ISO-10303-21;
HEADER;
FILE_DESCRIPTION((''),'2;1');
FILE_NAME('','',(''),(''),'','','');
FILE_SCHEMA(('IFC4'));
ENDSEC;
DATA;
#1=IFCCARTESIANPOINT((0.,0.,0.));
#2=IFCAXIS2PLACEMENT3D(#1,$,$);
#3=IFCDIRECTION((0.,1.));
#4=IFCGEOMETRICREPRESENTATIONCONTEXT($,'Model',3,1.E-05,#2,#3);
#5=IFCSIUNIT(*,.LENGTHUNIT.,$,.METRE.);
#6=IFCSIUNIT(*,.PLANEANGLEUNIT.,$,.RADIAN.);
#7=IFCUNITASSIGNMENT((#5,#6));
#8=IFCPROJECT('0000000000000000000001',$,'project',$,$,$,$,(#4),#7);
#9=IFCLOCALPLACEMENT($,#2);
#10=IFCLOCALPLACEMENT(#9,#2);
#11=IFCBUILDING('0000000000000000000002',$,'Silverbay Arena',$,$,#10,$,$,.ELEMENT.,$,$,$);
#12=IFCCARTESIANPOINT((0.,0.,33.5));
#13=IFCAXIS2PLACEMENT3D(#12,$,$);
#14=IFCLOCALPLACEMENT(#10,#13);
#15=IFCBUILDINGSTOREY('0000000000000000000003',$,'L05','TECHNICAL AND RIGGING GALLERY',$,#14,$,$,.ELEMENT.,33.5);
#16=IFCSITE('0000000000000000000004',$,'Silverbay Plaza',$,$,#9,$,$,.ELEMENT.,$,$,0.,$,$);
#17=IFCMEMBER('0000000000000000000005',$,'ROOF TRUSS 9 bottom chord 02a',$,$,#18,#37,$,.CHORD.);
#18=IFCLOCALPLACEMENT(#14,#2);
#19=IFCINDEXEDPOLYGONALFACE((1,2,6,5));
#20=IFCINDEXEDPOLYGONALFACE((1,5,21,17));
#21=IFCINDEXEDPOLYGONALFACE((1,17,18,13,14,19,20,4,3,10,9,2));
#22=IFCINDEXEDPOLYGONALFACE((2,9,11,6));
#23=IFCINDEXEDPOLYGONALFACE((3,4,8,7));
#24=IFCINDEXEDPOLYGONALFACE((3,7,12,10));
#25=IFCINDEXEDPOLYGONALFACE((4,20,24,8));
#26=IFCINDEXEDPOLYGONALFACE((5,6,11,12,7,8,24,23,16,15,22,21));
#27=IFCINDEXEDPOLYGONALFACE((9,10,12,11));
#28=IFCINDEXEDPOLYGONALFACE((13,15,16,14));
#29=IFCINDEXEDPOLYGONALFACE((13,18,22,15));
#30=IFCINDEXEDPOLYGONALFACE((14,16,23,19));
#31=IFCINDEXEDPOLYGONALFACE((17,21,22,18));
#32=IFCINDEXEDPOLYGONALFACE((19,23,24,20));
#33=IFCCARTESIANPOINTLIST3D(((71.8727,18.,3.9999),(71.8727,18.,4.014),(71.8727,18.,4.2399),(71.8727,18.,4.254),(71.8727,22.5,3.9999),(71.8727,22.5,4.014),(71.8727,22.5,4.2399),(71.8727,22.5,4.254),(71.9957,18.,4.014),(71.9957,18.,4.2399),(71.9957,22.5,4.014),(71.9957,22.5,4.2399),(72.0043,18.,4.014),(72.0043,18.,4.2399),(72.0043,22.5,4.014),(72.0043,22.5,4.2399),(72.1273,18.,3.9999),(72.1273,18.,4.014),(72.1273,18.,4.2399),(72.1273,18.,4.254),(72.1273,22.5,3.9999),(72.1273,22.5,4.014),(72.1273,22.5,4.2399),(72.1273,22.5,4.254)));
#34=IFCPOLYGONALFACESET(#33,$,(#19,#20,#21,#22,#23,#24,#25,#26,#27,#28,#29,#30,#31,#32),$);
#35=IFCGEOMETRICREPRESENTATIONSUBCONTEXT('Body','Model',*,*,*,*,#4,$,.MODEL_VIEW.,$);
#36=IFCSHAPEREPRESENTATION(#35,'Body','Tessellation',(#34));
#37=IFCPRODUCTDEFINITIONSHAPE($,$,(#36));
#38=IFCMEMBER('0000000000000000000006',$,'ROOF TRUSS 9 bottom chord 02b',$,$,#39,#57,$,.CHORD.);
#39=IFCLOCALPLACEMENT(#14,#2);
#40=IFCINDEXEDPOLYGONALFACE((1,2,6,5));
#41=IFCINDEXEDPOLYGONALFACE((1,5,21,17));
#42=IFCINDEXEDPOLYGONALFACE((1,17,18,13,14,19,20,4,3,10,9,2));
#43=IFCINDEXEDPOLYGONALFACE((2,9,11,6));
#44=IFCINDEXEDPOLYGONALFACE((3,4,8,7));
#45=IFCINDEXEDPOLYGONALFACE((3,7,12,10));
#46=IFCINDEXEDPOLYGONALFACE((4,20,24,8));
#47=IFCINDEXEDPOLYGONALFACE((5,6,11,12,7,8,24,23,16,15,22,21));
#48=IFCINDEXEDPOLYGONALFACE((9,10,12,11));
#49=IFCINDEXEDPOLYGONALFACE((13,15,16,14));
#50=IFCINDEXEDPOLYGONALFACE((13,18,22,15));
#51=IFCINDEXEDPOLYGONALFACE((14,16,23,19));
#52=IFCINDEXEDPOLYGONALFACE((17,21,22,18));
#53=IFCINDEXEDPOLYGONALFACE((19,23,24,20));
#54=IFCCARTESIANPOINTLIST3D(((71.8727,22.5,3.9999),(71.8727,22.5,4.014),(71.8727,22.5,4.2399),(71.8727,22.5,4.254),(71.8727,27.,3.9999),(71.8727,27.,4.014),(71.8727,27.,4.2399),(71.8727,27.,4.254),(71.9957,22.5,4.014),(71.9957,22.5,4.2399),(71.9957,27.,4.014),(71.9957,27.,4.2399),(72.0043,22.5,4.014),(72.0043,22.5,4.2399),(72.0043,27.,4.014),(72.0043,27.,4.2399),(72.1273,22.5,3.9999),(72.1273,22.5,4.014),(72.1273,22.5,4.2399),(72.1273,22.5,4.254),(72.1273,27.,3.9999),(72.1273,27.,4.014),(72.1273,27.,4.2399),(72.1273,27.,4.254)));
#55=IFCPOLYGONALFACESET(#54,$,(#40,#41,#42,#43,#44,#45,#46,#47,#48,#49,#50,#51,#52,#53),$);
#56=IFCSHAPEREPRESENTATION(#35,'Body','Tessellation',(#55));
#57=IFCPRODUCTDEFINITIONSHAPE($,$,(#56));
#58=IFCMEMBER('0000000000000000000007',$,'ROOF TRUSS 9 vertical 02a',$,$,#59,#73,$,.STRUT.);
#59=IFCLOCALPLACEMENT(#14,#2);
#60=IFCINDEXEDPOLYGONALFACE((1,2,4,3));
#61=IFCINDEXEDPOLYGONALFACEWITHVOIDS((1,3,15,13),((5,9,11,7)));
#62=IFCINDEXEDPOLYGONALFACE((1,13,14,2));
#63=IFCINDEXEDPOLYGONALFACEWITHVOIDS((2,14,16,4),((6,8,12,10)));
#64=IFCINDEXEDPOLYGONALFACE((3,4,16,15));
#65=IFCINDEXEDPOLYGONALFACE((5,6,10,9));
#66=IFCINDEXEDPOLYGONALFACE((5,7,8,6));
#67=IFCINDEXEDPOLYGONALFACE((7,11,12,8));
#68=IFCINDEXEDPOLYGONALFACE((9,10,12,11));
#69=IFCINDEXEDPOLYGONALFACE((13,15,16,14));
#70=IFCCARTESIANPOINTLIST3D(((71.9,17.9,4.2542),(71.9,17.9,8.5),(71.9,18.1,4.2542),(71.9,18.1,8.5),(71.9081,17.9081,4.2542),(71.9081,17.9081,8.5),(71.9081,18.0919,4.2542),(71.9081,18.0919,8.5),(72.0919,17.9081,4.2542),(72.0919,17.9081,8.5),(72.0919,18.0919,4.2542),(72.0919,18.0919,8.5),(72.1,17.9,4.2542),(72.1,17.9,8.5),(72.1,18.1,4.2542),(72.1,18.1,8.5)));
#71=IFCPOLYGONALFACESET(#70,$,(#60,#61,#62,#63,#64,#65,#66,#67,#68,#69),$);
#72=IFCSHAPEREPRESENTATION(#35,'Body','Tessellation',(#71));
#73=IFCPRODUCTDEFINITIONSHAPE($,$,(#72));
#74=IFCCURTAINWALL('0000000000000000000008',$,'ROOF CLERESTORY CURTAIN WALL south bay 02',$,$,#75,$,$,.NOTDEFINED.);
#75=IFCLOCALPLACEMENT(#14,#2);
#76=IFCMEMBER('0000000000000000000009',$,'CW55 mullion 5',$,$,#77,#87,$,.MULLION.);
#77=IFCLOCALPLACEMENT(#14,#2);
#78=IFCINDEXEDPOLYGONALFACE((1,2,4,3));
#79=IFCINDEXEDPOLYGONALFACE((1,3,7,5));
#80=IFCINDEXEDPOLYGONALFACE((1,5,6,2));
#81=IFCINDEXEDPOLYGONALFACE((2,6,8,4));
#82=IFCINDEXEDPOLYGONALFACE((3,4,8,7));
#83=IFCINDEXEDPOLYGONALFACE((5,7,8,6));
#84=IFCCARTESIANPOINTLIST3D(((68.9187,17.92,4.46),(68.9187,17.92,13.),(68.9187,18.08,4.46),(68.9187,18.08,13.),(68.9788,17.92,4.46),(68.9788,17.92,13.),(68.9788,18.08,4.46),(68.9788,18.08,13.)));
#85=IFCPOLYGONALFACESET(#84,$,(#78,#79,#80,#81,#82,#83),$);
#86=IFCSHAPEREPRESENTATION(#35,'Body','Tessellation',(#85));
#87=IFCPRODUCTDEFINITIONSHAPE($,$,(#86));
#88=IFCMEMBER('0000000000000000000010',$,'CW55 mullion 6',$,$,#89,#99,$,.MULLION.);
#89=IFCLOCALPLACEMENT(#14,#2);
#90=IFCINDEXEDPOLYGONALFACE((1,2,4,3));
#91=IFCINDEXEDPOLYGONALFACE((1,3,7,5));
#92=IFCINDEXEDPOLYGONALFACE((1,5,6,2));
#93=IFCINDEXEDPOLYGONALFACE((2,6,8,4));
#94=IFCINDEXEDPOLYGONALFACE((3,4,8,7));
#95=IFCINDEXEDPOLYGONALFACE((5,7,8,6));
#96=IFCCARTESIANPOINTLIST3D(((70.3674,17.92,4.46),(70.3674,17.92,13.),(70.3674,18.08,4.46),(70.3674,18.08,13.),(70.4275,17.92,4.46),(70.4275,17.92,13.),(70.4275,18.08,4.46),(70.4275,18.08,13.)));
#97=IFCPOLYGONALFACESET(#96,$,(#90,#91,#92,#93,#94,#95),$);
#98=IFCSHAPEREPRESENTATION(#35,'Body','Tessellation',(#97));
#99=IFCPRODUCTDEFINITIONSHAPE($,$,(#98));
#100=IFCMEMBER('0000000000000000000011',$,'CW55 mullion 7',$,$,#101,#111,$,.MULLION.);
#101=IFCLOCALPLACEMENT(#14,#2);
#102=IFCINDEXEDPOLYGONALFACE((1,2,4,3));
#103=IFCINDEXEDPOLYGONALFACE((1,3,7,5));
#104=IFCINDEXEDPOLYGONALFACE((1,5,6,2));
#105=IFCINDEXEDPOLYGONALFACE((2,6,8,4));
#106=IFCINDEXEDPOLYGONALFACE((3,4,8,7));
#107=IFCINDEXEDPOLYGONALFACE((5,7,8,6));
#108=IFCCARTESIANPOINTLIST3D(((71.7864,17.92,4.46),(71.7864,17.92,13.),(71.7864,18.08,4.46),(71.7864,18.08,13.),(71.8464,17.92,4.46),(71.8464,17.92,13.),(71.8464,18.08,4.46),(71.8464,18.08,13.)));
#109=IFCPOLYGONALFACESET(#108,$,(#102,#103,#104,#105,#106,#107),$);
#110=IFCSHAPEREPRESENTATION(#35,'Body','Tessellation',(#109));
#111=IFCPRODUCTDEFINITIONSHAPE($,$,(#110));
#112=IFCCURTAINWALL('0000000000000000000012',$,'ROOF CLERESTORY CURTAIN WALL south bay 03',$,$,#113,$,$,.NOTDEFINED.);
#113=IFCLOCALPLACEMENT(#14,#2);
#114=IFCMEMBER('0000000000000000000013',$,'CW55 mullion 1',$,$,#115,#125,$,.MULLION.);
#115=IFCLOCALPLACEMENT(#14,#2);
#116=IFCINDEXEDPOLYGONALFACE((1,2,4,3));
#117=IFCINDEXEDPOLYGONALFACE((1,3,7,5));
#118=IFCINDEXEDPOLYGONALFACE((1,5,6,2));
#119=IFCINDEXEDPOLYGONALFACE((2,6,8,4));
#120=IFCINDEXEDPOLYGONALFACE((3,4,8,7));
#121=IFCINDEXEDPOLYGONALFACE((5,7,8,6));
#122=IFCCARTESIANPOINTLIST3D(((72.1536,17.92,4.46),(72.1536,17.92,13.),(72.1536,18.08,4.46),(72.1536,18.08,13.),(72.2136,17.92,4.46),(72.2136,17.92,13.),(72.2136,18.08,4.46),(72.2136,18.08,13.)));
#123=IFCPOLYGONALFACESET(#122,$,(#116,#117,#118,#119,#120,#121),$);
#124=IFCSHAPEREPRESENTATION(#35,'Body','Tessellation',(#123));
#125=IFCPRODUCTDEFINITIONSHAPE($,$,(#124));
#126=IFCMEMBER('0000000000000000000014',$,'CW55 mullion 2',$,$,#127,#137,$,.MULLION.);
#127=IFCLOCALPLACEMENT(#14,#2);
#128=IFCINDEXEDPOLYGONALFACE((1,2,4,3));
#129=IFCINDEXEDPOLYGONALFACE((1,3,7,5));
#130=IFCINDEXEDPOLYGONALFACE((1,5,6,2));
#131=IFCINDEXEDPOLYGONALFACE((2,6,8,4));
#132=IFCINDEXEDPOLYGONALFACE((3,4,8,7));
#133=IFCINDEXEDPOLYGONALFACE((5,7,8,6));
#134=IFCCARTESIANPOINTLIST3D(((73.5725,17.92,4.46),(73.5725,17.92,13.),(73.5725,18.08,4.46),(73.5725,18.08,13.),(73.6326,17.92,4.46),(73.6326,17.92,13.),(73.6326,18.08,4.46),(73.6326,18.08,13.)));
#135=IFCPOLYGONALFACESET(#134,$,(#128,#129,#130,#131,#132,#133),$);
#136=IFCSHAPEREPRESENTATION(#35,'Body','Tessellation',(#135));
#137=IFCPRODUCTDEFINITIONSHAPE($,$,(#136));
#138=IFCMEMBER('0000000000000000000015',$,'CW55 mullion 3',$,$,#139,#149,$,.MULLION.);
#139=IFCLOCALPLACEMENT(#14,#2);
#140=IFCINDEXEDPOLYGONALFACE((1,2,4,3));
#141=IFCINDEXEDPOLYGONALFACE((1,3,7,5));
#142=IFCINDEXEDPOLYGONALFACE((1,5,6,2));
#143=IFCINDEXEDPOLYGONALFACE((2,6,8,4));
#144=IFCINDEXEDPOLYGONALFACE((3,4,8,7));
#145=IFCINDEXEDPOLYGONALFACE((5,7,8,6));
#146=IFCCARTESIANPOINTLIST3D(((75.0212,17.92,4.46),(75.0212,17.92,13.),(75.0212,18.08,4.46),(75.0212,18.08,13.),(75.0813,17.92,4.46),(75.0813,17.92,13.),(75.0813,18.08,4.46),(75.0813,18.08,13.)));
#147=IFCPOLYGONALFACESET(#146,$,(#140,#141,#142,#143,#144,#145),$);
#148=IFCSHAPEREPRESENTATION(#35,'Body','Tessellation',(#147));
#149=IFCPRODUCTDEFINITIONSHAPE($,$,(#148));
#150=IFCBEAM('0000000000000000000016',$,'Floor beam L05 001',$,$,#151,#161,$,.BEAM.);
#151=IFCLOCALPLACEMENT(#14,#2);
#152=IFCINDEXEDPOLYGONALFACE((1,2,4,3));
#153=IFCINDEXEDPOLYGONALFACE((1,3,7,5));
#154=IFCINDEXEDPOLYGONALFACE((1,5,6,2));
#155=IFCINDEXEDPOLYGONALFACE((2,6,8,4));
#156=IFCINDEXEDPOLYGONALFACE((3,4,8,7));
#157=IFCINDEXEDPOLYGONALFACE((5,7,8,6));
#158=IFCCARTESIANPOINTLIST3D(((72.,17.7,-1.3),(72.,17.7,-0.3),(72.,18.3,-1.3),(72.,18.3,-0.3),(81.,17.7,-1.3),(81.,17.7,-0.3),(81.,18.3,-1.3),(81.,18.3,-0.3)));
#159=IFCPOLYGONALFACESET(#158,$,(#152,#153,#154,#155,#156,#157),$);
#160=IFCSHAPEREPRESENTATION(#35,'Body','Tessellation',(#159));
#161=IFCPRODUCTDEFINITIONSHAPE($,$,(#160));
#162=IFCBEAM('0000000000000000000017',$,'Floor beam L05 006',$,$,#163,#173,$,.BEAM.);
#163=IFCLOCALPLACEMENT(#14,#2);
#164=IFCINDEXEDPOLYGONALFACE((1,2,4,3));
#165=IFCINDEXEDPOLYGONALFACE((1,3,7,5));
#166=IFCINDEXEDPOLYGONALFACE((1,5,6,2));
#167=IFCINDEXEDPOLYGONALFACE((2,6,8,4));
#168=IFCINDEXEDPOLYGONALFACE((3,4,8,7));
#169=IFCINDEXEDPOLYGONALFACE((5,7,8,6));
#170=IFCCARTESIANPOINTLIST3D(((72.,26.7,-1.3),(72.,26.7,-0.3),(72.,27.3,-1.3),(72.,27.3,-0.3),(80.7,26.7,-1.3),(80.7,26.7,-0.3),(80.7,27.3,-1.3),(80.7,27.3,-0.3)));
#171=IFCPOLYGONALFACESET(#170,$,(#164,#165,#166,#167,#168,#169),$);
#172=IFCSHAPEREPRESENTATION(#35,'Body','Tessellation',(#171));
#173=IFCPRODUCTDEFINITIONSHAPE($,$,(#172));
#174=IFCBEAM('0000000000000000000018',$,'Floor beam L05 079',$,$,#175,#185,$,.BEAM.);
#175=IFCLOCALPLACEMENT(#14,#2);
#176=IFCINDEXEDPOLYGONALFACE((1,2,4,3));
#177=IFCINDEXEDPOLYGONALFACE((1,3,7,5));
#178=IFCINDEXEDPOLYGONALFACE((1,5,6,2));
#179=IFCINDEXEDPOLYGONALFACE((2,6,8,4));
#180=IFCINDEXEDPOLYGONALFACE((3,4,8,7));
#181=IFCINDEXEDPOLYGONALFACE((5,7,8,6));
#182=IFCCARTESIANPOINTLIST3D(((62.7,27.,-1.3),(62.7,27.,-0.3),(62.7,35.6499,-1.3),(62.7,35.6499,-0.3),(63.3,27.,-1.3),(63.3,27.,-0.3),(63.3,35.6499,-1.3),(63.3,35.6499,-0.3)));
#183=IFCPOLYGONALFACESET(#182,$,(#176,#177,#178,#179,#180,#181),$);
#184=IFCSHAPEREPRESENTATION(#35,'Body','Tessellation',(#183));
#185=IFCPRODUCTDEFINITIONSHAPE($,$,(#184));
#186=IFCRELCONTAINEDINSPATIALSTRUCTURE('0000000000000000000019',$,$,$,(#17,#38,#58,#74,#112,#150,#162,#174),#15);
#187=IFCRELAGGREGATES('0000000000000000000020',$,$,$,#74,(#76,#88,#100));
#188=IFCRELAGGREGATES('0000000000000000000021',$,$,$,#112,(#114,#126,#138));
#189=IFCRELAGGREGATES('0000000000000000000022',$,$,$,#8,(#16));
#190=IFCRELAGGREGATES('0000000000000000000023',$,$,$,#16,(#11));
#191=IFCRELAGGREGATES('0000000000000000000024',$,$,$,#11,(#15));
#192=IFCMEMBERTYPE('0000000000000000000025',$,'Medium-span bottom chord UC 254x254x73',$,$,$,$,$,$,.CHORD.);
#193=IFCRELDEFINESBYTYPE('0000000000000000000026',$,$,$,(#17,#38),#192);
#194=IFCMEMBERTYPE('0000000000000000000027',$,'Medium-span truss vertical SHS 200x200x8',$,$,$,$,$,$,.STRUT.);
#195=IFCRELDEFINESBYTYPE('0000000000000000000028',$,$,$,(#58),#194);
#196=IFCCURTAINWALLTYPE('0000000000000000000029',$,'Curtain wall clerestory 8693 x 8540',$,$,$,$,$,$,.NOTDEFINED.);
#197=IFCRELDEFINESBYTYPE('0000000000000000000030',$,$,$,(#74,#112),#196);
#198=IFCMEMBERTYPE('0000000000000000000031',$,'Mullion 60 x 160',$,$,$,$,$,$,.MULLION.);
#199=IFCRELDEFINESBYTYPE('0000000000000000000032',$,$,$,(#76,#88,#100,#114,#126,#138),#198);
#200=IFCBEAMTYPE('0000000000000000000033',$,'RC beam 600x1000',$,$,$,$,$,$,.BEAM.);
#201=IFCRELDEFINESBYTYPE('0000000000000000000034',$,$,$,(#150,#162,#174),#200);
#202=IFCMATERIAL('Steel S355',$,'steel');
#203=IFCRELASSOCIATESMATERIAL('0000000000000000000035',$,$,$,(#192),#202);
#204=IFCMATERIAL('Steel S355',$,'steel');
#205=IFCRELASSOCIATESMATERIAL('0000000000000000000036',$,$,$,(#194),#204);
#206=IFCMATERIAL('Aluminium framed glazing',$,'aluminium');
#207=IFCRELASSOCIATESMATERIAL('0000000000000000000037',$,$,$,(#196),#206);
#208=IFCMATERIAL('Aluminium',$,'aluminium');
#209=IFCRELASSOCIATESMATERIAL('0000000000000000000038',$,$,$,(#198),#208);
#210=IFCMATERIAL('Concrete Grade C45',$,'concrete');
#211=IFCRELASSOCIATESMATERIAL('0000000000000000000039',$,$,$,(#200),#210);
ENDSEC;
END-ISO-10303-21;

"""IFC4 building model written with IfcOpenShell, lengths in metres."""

from ifc_helpers import new_model, si_unit, direction, frame, origin, origin_2d, place, context, subcontext, project, spatial, rectangle, hollow_rectangle, i_section, extrude, material, material_profile, profile_set, type_object, element, aggregate, save


model = new_model("IFC4")

# Units and contexts
model_context = context("Model", 3, precision=1e-05, world=origin(), true_north=direction((0.0, 1.0)))
body_context = subcontext(model_context, "Body", "Model", "MODEL_VIEW")
ifc_project = project(units=[si_unit("LENGTHUNIT", "METRE"), si_unit("PLANEANGLEUNIT", "RADIAN")], contexts=[model_context])

# Site, building, storey
site_placement = place(None, origin())
site = spatial("IfcSite", under=ifc_project, at=site_placement, Name="Silverbay Plaza", CompositionType="ELEMENT", RefElevation=0.0)
building_placement = place(site_placement, origin())
building = spatial("IfcBuilding", under=site, at=building_placement, Name="Silverbay Arena", CompositionType="ELEMENT")
storey_placement = place(building_placement, frame((0.0, 0.0, 33.5)))
storey = spatial("IfcBuildingStorey", under=building, at=storey_placement, Name="L05", Description="TECHNICAL AND RIGGING GALLERY", CompositionType="ELEMENT", Elevation=33.5)

# Members
ifc_material_1 = material(Name="Steel S355", Category="steel")
ifc_material_profile_1 = material_profile(ifc_material_1, i_section(OverallWidth=0.2546, OverallDepth=0.2542, WebThickness=0.0085, FlangeThickness=0.0142, at=origin_2d()), Name="UC 254x254x73")
ifc_profile_set_1 = profile_set([ifc_material_profile_1], Name="Steel S355")
member_type_1 = type_object("IfcMemberType", Name="Medium-span bottom chord UC 254x254x73", PredefinedType="CHORD", material=ifc_profile_set_1)
for number, where, z_axis, x_axis, name in (
    (1, (72.0, 18.0, 4.127), (0.0, 1.0, 0.0), (-1.0, 0.0, 0.0), "ROOF TRUSS 9 bottom chord 02a"),
    (2, (72.0, 22.5, 4.127), (0.0, 1.0, 0.0), (-1.0, 0.0, 0.0), "ROOF TRUSS 9 bottom chord 02b"),
):
    element("IfcMember", number, at=place(storey_placement, frame(where, z_axis=z_axis, x_axis=x_axis)), inside=storey, type_object=member_type_1, Name=name, PredefinedType="CHORD", context=body_context, shape_type="SweptSolid", body=[
        extrude(i_section(OverallWidth=0.2546, OverallDepth=0.2542, WebThickness=0.0085, FlangeThickness=0.0142, at=origin_2d()), origin(), (0.0, 0.0, 1.0), 4.5),
    ])
ifc_material_2 = material(Name="Steel S355", Category="steel")
ifc_material_profile_2 = material_profile(ifc_material_2, hollow_rectangle(XDim=0.2, YDim=0.2, WallThickness=0.0081, at=origin_2d()), Name="SHS 200x200x8")
ifc_profile_set_2 = profile_set([ifc_material_profile_2], Name="Steel S355")
member_type_2 = type_object("IfcMemberType", Name="Medium-span truss vertical SHS 200x200x8", PredefinedType="STRUT", material=ifc_profile_set_2)
member_1_placement = place(storey_placement, frame((72.0, 18.0, 4.2542), z_axis=(0.0, 0.0, 1.0), x_axis=(1.0, 0.0, 0.0)))
element("IfcMember", 3, at=member_1_placement, inside=storey, type_object=member_type_2, Name="ROOF TRUSS 9 vertical 02a", PredefinedType="STRUT", context=body_context, shape_type="SweptSolid", body=[
    extrude(hollow_rectangle(XDim=0.2, YDim=0.2, WallThickness=0.0081, at=origin_2d()), origin(), (0.0, 0.0, 1.0), 4.2458),
])

# Curtain walls, members
ifc_material_3 = material(Name="Aluminium framed glazing", Category="aluminium")
curtain_wall_type = type_object("IfcCurtainWallType", Name="Curtain wall clerestory 8693 x 8540", PredefinedType="NOTDEFINED", material=ifc_material_3)
curtain_wall_1_placement = place(storey_placement, origin())
curtain_wall_1 = element("IfcCurtainWall", 4, at=curtain_wall_1_placement, inside=storey, type_object=curtain_wall_type, Name="ROOF CLERESTORY CURTAIN WALL south bay 02", PredefinedType="NOTDEFINED")
ifc_material_4 = material(Name="Aluminium", Category="aluminium")
ifc_material_profile_3 = material_profile(ifc_material_4, rectangle(XDim=0.1599, YDim=0.0601, at=origin_2d()), Name="Mullion 60 x 160")
ifc_profile_set_3 = profile_set([ifc_material_profile_3], Name="Aluminium")
member_type_3 = type_object("IfcMemberType", Name="Mullion 60 x 160", PredefinedType="MULLION", material=ifc_profile_set_3)
member_2_placement = place(storey_placement, frame((68.9487, 18.0, 4.46), z_axis=(0.0, 0.0, 1.0), x_axis=(0.0, 1.0, 0.0)))
member_2 = element("IfcMember", 5, at=member_2_placement, type_object=member_type_3, Name="CW55 mullion 5", PredefinedType="MULLION", context=body_context, shape_type="SweptSolid", body=[
    extrude(rectangle(XDim=0.1599, YDim=0.0601, at=origin_2d()), origin(), (0.0, 0.0, 1.0), 8.54),
])
member_3_placement = place(storey_placement, frame((70.3975, 18.0, 4.46), z_axis=(0.0, 0.0, 1.0), x_axis=(0.0, 1.0, 0.0)))
member_3 = element("IfcMember", 6, at=member_3_placement, type_object=member_type_3, Name="CW55 mullion 6", PredefinedType="MULLION", context=body_context, shape_type="SweptSolid", body=[
    extrude(rectangle(XDim=0.1599, YDim=0.0601, at=origin_2d()), origin(), (0.0, 0.0, 1.0), 8.54),
])
member_4_placement = place(storey_placement, frame((71.8164, 18.0, 4.46), z_axis=(0.0, 0.0, 1.0), x_axis=(0.0, 1.0, 0.0)))
member_4 = element("IfcMember", 7, at=member_4_placement, type_object=member_type_3, Name="CW55 mullion 7", PredefinedType="MULLION", context=body_context, shape_type="SweptSolid", body=[
    extrude(rectangle(XDim=0.1599, YDim=0.0601, at=origin_2d()), origin(), (0.0, 0.0, 1.0), 8.54),
])
curtain_wall_2_placement = place(storey_placement, origin())
curtain_wall_2 = element("IfcCurtainWall", 8, at=curtain_wall_2_placement, inside=storey, type_object=curtain_wall_type, Name="ROOF CLERESTORY CURTAIN WALL south bay 03", PredefinedType="NOTDEFINED")
member_5_placement = place(storey_placement, frame((72.1836, 18.0, 4.46), z_axis=(0.0, 0.0, 1.0), x_axis=(0.0, 1.0, 0.0)))
member_5 = element("IfcMember", 9, at=member_5_placement, type_object=member_type_3, Name="CW55 mullion 1", PredefinedType="MULLION", context=body_context, shape_type="SweptSolid", body=[
    extrude(rectangle(XDim=0.1599, YDim=0.0601, at=origin_2d()), origin(), (0.0, 0.0, 1.0), 8.54),
])
member_6_placement = place(storey_placement, frame((73.6025, 18.0, 4.46), z_axis=(0.0, 0.0, 1.0), x_axis=(0.0, 1.0, 0.0)))
member_6 = element("IfcMember", 10, at=member_6_placement, type_object=member_type_3, Name="CW55 mullion 2", PredefinedType="MULLION", context=body_context, shape_type="SweptSolid", body=[
    extrude(rectangle(XDim=0.1599, YDim=0.0601, at=origin_2d()), origin(), (0.0, 0.0, 1.0), 8.54),
])
member_7_placement = place(storey_placement, frame((75.0513, 18.0, 4.46), z_axis=(0.0, 0.0, 1.0), x_axis=(0.0, 1.0, 0.0)))
member_7 = element("IfcMember", 11, at=member_7_placement, type_object=member_type_3, Name="CW55 mullion 3", PredefinedType="MULLION", context=body_context, shape_type="SweptSolid", body=[
    extrude(rectangle(XDim=0.1599, YDim=0.0601, at=origin_2d()), origin(), (0.0, 0.0, 1.0), 8.54),
])

# Beams
ifc_material_5 = material(Name="Concrete Grade C45", Category="concrete")
ifc_material_profile_4 = material_profile(ifc_material_5, rectangle(XDim=0.6001, YDim=1.0, at=origin_2d()), Name="RC 600x1000")
ifc_profile_set_4 = profile_set([ifc_material_profile_4], Name="Concrete Grade C45")
beam_type_1 = type_object("IfcBeamType", Name="RC beam 600x1000", PredefinedType="BEAM", material=ifc_profile_set_4)
beam_1_placement = place(storey_placement, frame((72.0, 18.0, -0.8), z_axis=(1.0, 0.0, 0.0), x_axis=(0.0, 1.0, 0.0)))
element("IfcBeam", 12, at=beam_1_placement, inside=storey, type_object=beam_type_1, Name="Floor beam L05 001", PredefinedType="BEAM", context=body_context, shape_type="SweptSolid", body=[
    extrude(rectangle(XDim=0.6001, YDim=1.0, at=origin_2d()), origin(), (0.0, 0.0, 1.0), 9.0),
])
beam_2_placement = place(storey_placement, frame((72.0, 27.0, -0.8), z_axis=(1.0, 0.0, 0.0), x_axis=(0.0, 1.0, 0.0)))
element("IfcBeam", 13, at=beam_2_placement, inside=storey, type_object=beam_type_1, Name="Floor beam L05 006", PredefinedType="BEAM", context=body_context, shape_type="SweptSolid", body=[
    extrude(rectangle(XDim=0.6001, YDim=1.0, at=origin_2d()), origin(), (0.0, 0.0, 1.0), 8.7),
])
beam_3_placement = place(storey_placement, frame((63.0, 27.0, -0.8), z_axis=(0.0, 1.0, 0.0), x_axis=(-1.0, 0.0, 0.0)))
element("IfcBeam", 14, at=beam_3_placement, inside=storey, type_object=beam_type_1, Name="Floor beam L05 079", PredefinedType="BEAM", context=body_context, shape_type="SweptSolid", body=[
    extrude(rectangle(XDim=0.6001, YDim=1.0, at=origin_2d()), origin(), (0.0, 0.0, 1.0), 8.6499),
])

aggregate(curtain_wall_1, [member_2, member_3, member_4])
aggregate(curtain_wall_2, [member_5, member_6, member_7])

save(model, "model.ifc")
